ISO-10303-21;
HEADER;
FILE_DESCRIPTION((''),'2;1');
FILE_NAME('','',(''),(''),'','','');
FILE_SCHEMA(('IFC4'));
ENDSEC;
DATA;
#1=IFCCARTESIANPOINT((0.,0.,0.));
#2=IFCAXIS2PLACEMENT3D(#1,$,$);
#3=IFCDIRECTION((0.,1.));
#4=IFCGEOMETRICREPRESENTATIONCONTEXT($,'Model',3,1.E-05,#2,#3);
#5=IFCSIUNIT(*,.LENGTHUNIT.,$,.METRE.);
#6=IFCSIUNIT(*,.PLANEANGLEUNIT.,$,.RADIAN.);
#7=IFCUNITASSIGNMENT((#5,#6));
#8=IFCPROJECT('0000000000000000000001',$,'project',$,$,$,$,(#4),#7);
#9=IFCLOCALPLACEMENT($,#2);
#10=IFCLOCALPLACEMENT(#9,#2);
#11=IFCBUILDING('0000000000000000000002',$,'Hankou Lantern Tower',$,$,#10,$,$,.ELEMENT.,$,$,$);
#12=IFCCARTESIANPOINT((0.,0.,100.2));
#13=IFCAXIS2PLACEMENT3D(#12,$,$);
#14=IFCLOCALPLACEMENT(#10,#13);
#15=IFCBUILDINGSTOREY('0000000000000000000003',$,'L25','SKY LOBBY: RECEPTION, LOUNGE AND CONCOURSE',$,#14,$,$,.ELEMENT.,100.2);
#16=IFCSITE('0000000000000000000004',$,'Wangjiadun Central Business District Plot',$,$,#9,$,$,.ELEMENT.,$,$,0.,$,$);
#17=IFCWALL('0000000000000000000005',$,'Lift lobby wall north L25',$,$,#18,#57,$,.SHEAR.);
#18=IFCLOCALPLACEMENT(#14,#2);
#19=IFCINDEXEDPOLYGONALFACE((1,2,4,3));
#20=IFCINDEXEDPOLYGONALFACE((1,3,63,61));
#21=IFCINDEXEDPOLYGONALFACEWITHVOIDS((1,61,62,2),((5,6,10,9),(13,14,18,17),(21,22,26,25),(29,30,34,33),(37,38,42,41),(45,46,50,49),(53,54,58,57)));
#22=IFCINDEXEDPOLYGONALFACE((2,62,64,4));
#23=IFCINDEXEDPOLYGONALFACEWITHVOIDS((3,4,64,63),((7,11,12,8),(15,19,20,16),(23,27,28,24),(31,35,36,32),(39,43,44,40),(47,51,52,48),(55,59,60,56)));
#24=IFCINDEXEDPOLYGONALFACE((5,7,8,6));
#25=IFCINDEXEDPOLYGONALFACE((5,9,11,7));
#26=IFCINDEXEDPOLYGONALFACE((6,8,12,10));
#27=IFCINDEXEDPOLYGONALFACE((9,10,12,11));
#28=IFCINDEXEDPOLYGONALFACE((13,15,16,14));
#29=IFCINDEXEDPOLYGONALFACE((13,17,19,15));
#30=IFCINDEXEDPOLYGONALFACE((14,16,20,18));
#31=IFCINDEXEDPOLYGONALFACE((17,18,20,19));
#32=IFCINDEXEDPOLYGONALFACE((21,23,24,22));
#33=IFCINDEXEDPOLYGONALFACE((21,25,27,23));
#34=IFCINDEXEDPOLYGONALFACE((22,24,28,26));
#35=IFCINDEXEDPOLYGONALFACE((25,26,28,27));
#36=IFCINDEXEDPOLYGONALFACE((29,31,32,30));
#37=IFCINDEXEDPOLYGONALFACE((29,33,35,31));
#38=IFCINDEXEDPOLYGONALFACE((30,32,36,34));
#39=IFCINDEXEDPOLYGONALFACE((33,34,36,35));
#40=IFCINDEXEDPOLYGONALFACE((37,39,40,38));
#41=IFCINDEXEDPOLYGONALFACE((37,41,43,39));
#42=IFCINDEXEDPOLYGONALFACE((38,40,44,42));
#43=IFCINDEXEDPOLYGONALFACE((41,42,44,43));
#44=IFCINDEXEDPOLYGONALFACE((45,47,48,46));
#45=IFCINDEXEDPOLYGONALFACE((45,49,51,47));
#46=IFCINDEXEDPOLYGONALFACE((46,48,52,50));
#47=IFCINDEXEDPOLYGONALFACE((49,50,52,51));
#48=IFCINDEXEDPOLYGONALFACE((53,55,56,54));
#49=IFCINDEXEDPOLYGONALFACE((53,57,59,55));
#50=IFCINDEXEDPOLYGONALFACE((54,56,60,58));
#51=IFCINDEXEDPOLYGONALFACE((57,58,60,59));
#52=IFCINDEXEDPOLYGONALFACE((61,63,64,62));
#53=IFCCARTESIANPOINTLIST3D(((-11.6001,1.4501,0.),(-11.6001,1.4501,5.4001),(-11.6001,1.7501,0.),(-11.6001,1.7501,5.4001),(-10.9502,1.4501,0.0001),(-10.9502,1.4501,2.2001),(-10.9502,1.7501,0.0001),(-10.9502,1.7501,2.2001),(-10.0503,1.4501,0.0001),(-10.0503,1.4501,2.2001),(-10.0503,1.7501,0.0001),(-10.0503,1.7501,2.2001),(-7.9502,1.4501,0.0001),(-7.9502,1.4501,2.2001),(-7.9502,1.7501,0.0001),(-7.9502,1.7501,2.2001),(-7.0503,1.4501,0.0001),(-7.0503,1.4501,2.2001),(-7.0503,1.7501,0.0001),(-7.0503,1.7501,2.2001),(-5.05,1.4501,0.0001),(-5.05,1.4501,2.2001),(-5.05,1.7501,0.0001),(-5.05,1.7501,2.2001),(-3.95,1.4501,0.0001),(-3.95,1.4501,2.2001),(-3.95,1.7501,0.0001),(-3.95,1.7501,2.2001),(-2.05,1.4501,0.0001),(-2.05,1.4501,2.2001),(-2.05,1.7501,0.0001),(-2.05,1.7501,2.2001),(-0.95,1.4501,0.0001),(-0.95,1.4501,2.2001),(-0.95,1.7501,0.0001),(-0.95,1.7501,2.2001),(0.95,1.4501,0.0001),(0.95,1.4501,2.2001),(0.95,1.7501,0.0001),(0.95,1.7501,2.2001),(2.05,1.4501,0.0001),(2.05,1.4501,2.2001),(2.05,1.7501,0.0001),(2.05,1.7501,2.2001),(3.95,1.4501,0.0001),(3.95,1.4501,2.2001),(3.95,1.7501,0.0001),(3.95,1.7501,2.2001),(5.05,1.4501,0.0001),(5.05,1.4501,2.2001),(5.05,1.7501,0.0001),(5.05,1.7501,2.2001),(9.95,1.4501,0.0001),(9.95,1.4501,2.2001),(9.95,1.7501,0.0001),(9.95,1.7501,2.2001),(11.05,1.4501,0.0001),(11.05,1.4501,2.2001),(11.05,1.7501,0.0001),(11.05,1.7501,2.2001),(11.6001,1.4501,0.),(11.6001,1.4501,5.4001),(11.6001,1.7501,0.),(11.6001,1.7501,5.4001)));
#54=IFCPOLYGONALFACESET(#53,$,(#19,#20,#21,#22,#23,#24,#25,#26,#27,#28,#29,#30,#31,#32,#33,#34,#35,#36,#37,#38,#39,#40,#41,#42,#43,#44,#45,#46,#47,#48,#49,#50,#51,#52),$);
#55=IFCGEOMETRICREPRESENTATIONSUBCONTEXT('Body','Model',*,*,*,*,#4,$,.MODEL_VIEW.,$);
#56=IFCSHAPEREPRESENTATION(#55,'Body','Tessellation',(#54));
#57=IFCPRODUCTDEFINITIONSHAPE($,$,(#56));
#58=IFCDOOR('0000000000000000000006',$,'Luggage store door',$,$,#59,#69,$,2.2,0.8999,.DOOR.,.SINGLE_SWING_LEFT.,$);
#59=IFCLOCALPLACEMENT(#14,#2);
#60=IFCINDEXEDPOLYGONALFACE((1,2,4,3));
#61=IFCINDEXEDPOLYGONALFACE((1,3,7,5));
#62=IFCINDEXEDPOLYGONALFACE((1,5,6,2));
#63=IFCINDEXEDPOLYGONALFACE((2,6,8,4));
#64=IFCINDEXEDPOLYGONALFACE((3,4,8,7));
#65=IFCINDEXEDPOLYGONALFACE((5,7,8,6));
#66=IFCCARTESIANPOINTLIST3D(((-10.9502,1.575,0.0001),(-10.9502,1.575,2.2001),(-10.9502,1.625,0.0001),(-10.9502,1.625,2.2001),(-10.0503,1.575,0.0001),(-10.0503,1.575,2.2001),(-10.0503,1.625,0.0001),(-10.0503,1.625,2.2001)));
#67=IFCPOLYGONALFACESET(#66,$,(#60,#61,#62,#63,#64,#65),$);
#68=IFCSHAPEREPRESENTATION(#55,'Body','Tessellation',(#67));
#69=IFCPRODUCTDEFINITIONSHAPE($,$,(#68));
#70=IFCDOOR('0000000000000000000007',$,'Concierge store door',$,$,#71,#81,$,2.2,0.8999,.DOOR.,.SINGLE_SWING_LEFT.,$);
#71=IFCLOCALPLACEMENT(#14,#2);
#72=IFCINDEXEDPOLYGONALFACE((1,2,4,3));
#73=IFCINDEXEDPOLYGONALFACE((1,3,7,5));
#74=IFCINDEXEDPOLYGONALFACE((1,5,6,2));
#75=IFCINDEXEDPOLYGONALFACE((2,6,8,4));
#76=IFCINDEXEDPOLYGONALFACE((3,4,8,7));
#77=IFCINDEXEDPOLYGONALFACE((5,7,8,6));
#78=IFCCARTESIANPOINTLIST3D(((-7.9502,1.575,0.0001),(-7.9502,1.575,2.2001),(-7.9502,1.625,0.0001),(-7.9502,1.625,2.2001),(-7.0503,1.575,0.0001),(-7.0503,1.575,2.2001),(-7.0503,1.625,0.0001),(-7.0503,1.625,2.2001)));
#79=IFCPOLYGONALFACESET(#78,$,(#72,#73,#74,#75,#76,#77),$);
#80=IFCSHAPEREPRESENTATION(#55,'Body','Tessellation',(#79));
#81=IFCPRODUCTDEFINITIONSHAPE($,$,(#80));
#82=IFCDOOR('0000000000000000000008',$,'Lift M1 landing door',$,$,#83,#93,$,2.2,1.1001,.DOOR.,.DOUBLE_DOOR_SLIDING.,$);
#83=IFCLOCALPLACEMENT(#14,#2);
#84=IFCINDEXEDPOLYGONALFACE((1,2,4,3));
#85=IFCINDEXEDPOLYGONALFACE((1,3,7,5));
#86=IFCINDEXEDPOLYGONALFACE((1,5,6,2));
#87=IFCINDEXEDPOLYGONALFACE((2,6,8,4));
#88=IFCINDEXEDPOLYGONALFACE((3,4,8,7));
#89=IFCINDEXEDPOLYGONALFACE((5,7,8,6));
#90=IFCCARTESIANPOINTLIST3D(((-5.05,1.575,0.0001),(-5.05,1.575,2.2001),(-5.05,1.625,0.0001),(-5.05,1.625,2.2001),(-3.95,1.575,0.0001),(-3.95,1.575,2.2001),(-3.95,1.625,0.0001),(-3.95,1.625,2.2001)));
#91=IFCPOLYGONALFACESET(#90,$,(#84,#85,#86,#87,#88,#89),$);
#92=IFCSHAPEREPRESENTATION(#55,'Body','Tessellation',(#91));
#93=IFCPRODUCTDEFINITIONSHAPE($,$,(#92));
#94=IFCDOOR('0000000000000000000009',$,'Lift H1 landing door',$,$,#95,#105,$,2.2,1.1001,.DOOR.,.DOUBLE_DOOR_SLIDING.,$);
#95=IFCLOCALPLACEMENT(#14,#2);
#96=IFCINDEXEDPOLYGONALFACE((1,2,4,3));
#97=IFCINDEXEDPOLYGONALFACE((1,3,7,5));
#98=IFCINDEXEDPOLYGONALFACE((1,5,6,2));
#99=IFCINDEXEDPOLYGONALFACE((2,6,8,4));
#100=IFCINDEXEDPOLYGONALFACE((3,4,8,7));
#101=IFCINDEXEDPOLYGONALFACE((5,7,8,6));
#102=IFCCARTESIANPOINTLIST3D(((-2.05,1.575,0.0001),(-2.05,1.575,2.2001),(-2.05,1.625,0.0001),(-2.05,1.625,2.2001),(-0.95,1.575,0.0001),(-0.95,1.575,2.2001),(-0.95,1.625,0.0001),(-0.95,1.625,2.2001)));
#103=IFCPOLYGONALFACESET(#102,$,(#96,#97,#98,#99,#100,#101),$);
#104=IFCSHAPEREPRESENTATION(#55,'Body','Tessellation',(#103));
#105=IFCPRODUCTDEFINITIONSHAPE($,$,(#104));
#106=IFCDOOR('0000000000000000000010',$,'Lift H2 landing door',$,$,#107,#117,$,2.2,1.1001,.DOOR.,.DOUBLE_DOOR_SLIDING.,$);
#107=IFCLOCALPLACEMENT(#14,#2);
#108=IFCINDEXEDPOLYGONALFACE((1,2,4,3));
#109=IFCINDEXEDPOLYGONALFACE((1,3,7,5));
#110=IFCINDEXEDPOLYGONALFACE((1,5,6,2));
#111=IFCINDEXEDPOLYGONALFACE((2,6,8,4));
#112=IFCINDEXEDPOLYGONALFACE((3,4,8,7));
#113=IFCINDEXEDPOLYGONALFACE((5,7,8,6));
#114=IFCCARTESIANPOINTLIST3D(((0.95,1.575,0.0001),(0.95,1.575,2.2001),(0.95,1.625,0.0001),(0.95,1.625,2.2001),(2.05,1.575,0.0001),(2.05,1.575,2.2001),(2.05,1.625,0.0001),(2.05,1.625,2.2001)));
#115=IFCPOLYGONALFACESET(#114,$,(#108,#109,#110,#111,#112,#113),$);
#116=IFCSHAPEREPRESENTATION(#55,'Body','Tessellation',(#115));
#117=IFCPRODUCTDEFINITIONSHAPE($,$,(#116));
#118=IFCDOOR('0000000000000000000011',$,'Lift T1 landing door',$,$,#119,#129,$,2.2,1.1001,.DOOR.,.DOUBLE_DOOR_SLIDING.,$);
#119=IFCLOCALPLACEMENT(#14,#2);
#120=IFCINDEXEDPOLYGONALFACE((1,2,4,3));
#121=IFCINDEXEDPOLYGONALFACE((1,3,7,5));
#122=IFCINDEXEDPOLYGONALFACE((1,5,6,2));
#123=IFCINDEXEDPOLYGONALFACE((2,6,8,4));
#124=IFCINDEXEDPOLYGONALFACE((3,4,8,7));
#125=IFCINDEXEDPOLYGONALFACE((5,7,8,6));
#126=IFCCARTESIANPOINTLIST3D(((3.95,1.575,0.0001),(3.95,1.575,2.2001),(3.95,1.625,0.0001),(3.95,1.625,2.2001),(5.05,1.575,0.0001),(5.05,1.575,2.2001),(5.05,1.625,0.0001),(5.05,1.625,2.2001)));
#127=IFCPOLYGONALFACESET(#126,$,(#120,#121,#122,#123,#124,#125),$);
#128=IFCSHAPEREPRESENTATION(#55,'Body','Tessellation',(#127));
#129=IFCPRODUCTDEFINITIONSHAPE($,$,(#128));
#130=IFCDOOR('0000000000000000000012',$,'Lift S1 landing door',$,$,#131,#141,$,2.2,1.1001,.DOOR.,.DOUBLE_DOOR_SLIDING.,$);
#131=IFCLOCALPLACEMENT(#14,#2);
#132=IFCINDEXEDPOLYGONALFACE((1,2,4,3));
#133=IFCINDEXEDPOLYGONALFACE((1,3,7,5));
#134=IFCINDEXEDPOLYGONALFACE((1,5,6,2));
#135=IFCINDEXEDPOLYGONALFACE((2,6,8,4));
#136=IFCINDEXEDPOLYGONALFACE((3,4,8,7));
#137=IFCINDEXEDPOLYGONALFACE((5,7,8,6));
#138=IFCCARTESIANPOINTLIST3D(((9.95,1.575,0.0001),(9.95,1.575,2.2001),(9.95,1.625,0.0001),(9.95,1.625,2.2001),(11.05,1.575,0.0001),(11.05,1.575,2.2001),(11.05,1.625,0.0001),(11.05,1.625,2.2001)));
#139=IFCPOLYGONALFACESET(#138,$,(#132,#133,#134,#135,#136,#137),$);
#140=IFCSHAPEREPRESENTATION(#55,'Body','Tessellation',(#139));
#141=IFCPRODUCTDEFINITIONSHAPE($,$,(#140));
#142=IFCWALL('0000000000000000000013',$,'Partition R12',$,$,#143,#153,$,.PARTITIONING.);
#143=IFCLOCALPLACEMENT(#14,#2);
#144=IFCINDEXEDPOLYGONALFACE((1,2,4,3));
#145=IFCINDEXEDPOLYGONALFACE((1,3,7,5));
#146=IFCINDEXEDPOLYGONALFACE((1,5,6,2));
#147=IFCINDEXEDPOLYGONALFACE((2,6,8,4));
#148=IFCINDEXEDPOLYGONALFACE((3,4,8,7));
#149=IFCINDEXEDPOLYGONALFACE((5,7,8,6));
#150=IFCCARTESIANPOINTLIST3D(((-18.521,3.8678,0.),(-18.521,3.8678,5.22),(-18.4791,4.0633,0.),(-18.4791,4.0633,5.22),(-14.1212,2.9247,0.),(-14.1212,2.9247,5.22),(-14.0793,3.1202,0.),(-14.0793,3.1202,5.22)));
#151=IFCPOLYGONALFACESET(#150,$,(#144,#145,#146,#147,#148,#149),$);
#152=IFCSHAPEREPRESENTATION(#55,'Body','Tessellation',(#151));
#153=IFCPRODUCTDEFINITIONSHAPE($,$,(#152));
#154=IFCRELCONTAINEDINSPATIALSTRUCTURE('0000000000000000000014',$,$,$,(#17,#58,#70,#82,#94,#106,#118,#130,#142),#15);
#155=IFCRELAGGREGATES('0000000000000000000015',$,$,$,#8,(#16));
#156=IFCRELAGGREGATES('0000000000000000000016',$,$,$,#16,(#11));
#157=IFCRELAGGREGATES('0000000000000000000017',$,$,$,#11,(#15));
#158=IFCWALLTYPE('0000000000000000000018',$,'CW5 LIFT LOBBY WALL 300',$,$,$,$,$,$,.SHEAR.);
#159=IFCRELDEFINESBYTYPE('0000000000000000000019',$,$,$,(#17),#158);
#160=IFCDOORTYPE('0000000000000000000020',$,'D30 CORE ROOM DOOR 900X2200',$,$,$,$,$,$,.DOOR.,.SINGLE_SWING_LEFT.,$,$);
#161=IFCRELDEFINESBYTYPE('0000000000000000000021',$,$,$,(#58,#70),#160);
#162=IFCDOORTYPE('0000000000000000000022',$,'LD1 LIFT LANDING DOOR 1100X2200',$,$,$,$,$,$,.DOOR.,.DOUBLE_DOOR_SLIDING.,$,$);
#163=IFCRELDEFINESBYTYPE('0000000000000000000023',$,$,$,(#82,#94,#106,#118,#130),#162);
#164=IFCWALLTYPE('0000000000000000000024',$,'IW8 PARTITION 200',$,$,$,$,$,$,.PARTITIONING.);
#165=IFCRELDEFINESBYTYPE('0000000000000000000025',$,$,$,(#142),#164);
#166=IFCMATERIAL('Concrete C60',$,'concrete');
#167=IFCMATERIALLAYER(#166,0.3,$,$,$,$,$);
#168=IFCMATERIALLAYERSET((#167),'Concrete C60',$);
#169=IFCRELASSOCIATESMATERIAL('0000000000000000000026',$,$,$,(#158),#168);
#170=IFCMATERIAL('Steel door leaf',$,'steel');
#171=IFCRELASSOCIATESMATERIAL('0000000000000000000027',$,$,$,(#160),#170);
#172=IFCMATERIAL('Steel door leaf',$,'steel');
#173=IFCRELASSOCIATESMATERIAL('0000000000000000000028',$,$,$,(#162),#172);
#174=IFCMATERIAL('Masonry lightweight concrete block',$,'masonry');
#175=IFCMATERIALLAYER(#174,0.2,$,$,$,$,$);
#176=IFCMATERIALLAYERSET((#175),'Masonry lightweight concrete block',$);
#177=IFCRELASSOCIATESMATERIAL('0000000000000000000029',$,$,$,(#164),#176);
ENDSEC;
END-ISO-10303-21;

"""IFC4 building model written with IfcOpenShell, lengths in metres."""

from ifc_helpers import new_model, si_unit, direction, frame, frame_2d, origin, place, context, subcontext, project, spatial, rectangle, extrude, material, layer, layer_set, type_object, element, fill, save


model = new_model("IFC4")

# Units and contexts
model_context = context("Model", 3, precision=1e-05, world=origin(), true_north=direction((0.0, 1.0)))
body_context = subcontext(model_context, "Body", "Model", "MODEL_VIEW")
ifc_project = project(units=[si_unit("LENGTHUNIT", "METRE"), si_unit("PLANEANGLEUNIT", "RADIAN")], contexts=[model_context])

# Site, building, storey
site_placement = place(None, origin())
site = spatial("IfcSite", under=ifc_project, at=site_placement, Name="Wangjiadun Central Business District Plot", CompositionType="ELEMENT", RefElevation=0.0)
building_placement = place(site_placement, origin())
building = spatial("IfcBuilding", under=site, at=building_placement, Name="Hankou Lantern Tower", CompositionType="ELEMENT")
storey_placement = place(building_placement, frame((0.0, 0.0, 100.2)))
storey = spatial("IfcBuildingStorey", under=building, at=storey_placement, Name="L25", Description="SKY LOBBY: RECEPTION, LOUNGE AND CONCOURSE", CompositionType="ELEMENT", Elevation=100.2)

# Wall, openings, doors
ifc_material_1 = material(Name="Concrete C60", Category="concrete")
ifc_layer_1 = layer(ifc_material_1, 0.3)
ifc_layer_set_1 = layer_set([ifc_layer_1], Name="Concrete C60")
wall_type_1 = type_object("IfcWallType", Name="CW5 LIFT LOBBY WALL 300", PredefinedType="SHEAR", material=ifc_layer_set_1)
wall_1_placement = place(storey_placement, frame((-11.6001, 1.6001, 0.0), z_axis=(0.0, 0.0, 1.0), x_axis=(1.0, 0.0, 0.0)))
wall_1 = element("IfcWall", 1, at=wall_1_placement, inside=storey, type_object=wall_type_1, Name="Lift lobby wall north L25", PredefinedType="SHEAR", context=body_context, shape_type="SweptSolid", body=[
    extrude(rectangle(XDim=23.2002, YDim=0.3, at=frame_2d((11.6001, 0.0))), origin(), (0.0, 0.0, 1.0), 5.4001),
])
opening_1_placement = place(wall_1_placement, frame((6.55, 0.0, 0.0)))
opening_1 = element("IfcOpeningElement", 2, at=opening_1_placement, cuts=wall_1, PredefinedType="OPENING", context=body_context, shape_type="SweptSolid", body=[
    extrude(rectangle(XDim=1.1001, YDim=2.2, at=frame_2d((0.55, 1.1001))), frame((0.0, 0.1599, 0.0), z_axis=(0.0, -1.0, 0.0), x_axis=(1.0, 0.0, 0.0)), (0.0, 0.0, 1.0), 0.3201),
])
opening_2_placement = place(wall_1_placement, frame((9.55, 0.0, 0.0)))
opening_2 = element("IfcOpeningElement", 3, at=opening_2_placement, cuts=wall_1, PredefinedType="OPENING", context=body_context, shape_type="SweptSolid", body=[
    extrude(rectangle(XDim=1.1001, YDim=2.2, at=frame_2d((0.55, 1.1001))), frame((0.0, 0.1599, 0.0), z_axis=(0.0, -1.0, 0.0), x_axis=(1.0, 0.0, 0.0)), (0.0, 0.0, 1.0), 0.3201),
])
opening_3_placement = place(wall_1_placement, frame((12.55, 0.0, 0.0)))
opening_3 = element("IfcOpeningElement", 4, at=opening_3_placement, cuts=wall_1, PredefinedType="OPENING", context=body_context, shape_type="SweptSolid", body=[
    extrude(rectangle(XDim=1.1001, YDim=2.2, at=frame_2d((0.55, 1.1001))), frame((0.0, 0.1599, 0.0), z_axis=(0.0, -1.0, 0.0), x_axis=(1.0, 0.0, 0.0)), (0.0, 0.0, 1.0), 0.3201),
])
opening_4_placement = place(wall_1_placement, frame((15.55, 0.0, 0.0)))
opening_4 = element("IfcOpeningElement", 5, at=opening_4_placement, cuts=wall_1, PredefinedType="OPENING", context=body_context, shape_type="SweptSolid", body=[
    extrude(rectangle(XDim=1.1001, YDim=2.2, at=frame_2d((0.55, 1.1001))), frame((0.0, 0.1599, 0.0), z_axis=(0.0, -1.0, 0.0), x_axis=(1.0, 0.0, 0.0)), (0.0, 0.0, 1.0), 0.3201),
])
opening_5_placement = place(wall_1_placement, frame((21.55, 0.0, 0.0)))
opening_5 = element("IfcOpeningElement", 6, at=opening_5_placement, cuts=wall_1, PredefinedType="OPENING", context=body_context, shape_type="SweptSolid", body=[
    extrude(rectangle(XDim=1.1001, YDim=2.2, at=frame_2d((0.55, 1.1001))), frame((0.0, 0.1599, 0.0), z_axis=(0.0, -1.0, 0.0), x_axis=(1.0, 0.0, 0.0)), (0.0, 0.0, 1.0), 0.3201),
])
opening_6_placement = place(wall_1_placement, frame((0.6499, 0.0, 0.0)))
opening_6 = element("IfcOpeningElement", 7, at=opening_6_placement, cuts=wall_1, PredefinedType="OPENING", context=body_context, shape_type="SweptSolid", body=[
    extrude(rectangle(XDim=0.8999, YDim=2.2, at=frame_2d((0.45, 1.1001))), frame((0.0, 0.1599, 0.0), z_axis=(0.0, -1.0, 0.0), x_axis=(1.0, 0.0, 0.0)), (0.0, 0.0, 1.0), 0.3201),
])
opening_7_placement = place(wall_1_placement, frame((3.6499, 0.0, 0.0)))
opening_7 = element("IfcOpeningElement", 8, at=opening_7_placement, cuts=wall_1, PredefinedType="OPENING", context=body_context, shape_type="SweptSolid", body=[
    extrude(rectangle(XDim=0.8999, YDim=2.2, at=frame_2d((0.45, 1.1001))), frame((0.0, 0.1599, 0.0), z_axis=(0.0, -1.0, 0.0), x_axis=(1.0, 0.0, 0.0)), (0.0, 0.0, 1.0), 0.3201),
])
ifc_material_2 = material(Name="Steel door leaf", Category="steel")
door_type_1 = type_object("IfcDoorType", Name="D30 CORE ROOM DOOR 900X2200", OperationType="SINGLE_SWING_LEFT", PredefinedType="DOOR", material=ifc_material_2)
door_1_placement = place(opening_6_placement, origin())
door_1 = element("IfcDoor", 9, at=door_1_placement, inside=storey, type_object=door_type_1, Name="Luggage store door", OperationType="SINGLE_SWING_LEFT", OverallHeight=2.2, OverallWidth=0.8999, PredefinedType="DOOR", context=body_context, shape_type="SweptSolid", body=[
    extrude(rectangle(XDim=0.8999, YDim=2.2, at=frame_2d((0.45, 1.1001))), frame((0.0, 0.0249, 0.0), z_axis=(0.0, -1.0, 0.0), x_axis=(1.0, 0.0, 0.0)), (0.0, 0.0, 1.0), 0.05),
])
fill(opening_6, door_1)
door_2_placement = place(opening_7_placement, origin())
door_2 = element("IfcDoor", 10, at=door_2_placement, inside=storey, type_object=door_type_1, Name="Concierge store door", OperationType="SINGLE_SWING_LEFT", OverallHeight=2.2, OverallWidth=0.8999, PredefinedType="DOOR", context=body_context, shape_type="SweptSolid", body=[
    extrude(rectangle(XDim=0.8999, YDim=2.2, at=frame_2d((0.45, 1.1001))), frame((0.0, 0.0249, 0.0), z_axis=(0.0, -1.0, 0.0), x_axis=(1.0, 0.0, 0.0)), (0.0, 0.0, 1.0), 0.05),
])
fill(opening_7, door_2)
ifc_material_3 = material(Name="Steel door leaf", Category="steel")
door_type_2 = type_object("IfcDoorType", Name="LD1 LIFT LANDING DOOR 1100X2200", OperationType="DOUBLE_DOOR_SLIDING", PredefinedType="DOOR", material=ifc_material_3)
door_3_placement = place(opening_1_placement, origin())
door_3 = element("IfcDoor", 11, at=door_3_placement, inside=storey, type_object=door_type_2, Name="Lift M1 landing door", OperationType="DOUBLE_DOOR_SLIDING", OverallHeight=2.2, OverallWidth=1.1001, PredefinedType="DOOR", context=body_context, shape_type="SweptSolid", body=[
    extrude(rectangle(XDim=1.1001, YDim=2.2, at=frame_2d((0.55, 1.1001))), frame((0.0, 0.0249, 0.0), z_axis=(0.0, -1.0, 0.0), x_axis=(1.0, 0.0, 0.0)), (0.0, 0.0, 1.0), 0.05),
])
fill(opening_1, door_3)
door_4_placement = place(opening_2_placement, origin())
door_4 = element("IfcDoor", 12, at=door_4_placement, inside=storey, type_object=door_type_2, Name="Lift H1 landing door", OperationType="DOUBLE_DOOR_SLIDING", OverallHeight=2.2, OverallWidth=1.1001, PredefinedType="DOOR", context=body_context, shape_type="SweptSolid", body=[
    extrude(rectangle(XDim=1.1001, YDim=2.2, at=frame_2d((0.55, 1.1001))), frame((0.0, 0.0249, 0.0), z_axis=(0.0, -1.0, 0.0), x_axis=(1.0, 0.0, 0.0)), (0.0, 0.0, 1.0), 0.05),
])
fill(opening_2, door_4)
door_5_placement = place(opening_3_placement, origin())
door_5 = element("IfcDoor", 13, at=door_5_placement, inside=storey, type_object=door_type_2, Name="Lift H2 landing door", OperationType="DOUBLE_DOOR_SLIDING", OverallHeight=2.2, OverallWidth=1.1001, PredefinedType="DOOR", context=body_context, shape_type="SweptSolid", body=[
    extrude(rectangle(XDim=1.1001, YDim=2.2, at=frame_2d((0.55, 1.1001))), frame((0.0, 0.0249, 0.0), z_axis=(0.0, -1.0, 0.0), x_axis=(1.0, 0.0, 0.0)), (0.0, 0.0, 1.0), 0.05),
])
fill(opening_3, door_5)
door_6_placement = place(opening_4_placement, origin())
door_6 = element("IfcDoor", 14, at=door_6_placement, inside=storey, type_object=door_type_2, Name="Lift T1 landing door", OperationType="DOUBLE_DOOR_SLIDING", OverallHeight=2.2, OverallWidth=1.1001, PredefinedType="DOOR", context=body_context, shape_type="SweptSolid", body=[
    extrude(rectangle(XDim=1.1001, YDim=2.2, at=frame_2d((0.55, 1.1001))), frame((0.0, 0.0249, 0.0), z_axis=(0.0, -1.0, 0.0), x_axis=(1.0, 0.0, 0.0)), (0.0, 0.0, 1.0), 0.05),
])
fill(opening_4, door_6)
door_7_placement = place(opening_5_placement, origin())
door_7 = element("IfcDoor", 15, at=door_7_placement, inside=storey, type_object=door_type_2, Name="Lift S1 landing door", OperationType="DOUBLE_DOOR_SLIDING", OverallHeight=2.2, OverallWidth=1.1001, PredefinedType="DOOR", context=body_context, shape_type="SweptSolid", body=[
    extrude(rectangle(XDim=1.1001, YDim=2.2, at=frame_2d((0.55, 1.1001))), frame((0.0, 0.0249, 0.0), z_axis=(0.0, -1.0, 0.0), x_axis=(1.0, 0.0, 0.0)), (0.0, 0.0, 1.0), 0.05),
])
fill(opening_5, door_7)

# Wall
ifc_material_4 = material(Name="Masonry lightweight concrete block", Category="masonry")
ifc_layer_2 = layer(ifc_material_4, 0.2)
ifc_layer_set_2 = layer_set([ifc_layer_2], Name="Masonry lightweight concrete block")
wall_type_2 = type_object("IfcWallType", Name="IW8 PARTITION 200", PredefinedType="PARTITIONING", material=ifc_layer_set_2)
wall_2_placement = place(storey_placement, frame((-14.1001, 3.0225, 0.0), z_axis=(0.0, 0.0, 1.0), x_axis=(-0.97779, 0.209588, 0.0)))
element("IfcWall", 16, at=wall_2_placement, inside=storey, type_object=wall_type_2, Name="Partition R12", PredefinedType="PARTITIONING", context=body_context, shape_type="SweptSolid", body=[
    extrude(rectangle(XDim=4.4998, YDim=0.2, at=frame_2d((2.25, 0.0))), origin(), (0.0, 0.0, 1.0), 5.22),
])

save(model, "model.ifc")
